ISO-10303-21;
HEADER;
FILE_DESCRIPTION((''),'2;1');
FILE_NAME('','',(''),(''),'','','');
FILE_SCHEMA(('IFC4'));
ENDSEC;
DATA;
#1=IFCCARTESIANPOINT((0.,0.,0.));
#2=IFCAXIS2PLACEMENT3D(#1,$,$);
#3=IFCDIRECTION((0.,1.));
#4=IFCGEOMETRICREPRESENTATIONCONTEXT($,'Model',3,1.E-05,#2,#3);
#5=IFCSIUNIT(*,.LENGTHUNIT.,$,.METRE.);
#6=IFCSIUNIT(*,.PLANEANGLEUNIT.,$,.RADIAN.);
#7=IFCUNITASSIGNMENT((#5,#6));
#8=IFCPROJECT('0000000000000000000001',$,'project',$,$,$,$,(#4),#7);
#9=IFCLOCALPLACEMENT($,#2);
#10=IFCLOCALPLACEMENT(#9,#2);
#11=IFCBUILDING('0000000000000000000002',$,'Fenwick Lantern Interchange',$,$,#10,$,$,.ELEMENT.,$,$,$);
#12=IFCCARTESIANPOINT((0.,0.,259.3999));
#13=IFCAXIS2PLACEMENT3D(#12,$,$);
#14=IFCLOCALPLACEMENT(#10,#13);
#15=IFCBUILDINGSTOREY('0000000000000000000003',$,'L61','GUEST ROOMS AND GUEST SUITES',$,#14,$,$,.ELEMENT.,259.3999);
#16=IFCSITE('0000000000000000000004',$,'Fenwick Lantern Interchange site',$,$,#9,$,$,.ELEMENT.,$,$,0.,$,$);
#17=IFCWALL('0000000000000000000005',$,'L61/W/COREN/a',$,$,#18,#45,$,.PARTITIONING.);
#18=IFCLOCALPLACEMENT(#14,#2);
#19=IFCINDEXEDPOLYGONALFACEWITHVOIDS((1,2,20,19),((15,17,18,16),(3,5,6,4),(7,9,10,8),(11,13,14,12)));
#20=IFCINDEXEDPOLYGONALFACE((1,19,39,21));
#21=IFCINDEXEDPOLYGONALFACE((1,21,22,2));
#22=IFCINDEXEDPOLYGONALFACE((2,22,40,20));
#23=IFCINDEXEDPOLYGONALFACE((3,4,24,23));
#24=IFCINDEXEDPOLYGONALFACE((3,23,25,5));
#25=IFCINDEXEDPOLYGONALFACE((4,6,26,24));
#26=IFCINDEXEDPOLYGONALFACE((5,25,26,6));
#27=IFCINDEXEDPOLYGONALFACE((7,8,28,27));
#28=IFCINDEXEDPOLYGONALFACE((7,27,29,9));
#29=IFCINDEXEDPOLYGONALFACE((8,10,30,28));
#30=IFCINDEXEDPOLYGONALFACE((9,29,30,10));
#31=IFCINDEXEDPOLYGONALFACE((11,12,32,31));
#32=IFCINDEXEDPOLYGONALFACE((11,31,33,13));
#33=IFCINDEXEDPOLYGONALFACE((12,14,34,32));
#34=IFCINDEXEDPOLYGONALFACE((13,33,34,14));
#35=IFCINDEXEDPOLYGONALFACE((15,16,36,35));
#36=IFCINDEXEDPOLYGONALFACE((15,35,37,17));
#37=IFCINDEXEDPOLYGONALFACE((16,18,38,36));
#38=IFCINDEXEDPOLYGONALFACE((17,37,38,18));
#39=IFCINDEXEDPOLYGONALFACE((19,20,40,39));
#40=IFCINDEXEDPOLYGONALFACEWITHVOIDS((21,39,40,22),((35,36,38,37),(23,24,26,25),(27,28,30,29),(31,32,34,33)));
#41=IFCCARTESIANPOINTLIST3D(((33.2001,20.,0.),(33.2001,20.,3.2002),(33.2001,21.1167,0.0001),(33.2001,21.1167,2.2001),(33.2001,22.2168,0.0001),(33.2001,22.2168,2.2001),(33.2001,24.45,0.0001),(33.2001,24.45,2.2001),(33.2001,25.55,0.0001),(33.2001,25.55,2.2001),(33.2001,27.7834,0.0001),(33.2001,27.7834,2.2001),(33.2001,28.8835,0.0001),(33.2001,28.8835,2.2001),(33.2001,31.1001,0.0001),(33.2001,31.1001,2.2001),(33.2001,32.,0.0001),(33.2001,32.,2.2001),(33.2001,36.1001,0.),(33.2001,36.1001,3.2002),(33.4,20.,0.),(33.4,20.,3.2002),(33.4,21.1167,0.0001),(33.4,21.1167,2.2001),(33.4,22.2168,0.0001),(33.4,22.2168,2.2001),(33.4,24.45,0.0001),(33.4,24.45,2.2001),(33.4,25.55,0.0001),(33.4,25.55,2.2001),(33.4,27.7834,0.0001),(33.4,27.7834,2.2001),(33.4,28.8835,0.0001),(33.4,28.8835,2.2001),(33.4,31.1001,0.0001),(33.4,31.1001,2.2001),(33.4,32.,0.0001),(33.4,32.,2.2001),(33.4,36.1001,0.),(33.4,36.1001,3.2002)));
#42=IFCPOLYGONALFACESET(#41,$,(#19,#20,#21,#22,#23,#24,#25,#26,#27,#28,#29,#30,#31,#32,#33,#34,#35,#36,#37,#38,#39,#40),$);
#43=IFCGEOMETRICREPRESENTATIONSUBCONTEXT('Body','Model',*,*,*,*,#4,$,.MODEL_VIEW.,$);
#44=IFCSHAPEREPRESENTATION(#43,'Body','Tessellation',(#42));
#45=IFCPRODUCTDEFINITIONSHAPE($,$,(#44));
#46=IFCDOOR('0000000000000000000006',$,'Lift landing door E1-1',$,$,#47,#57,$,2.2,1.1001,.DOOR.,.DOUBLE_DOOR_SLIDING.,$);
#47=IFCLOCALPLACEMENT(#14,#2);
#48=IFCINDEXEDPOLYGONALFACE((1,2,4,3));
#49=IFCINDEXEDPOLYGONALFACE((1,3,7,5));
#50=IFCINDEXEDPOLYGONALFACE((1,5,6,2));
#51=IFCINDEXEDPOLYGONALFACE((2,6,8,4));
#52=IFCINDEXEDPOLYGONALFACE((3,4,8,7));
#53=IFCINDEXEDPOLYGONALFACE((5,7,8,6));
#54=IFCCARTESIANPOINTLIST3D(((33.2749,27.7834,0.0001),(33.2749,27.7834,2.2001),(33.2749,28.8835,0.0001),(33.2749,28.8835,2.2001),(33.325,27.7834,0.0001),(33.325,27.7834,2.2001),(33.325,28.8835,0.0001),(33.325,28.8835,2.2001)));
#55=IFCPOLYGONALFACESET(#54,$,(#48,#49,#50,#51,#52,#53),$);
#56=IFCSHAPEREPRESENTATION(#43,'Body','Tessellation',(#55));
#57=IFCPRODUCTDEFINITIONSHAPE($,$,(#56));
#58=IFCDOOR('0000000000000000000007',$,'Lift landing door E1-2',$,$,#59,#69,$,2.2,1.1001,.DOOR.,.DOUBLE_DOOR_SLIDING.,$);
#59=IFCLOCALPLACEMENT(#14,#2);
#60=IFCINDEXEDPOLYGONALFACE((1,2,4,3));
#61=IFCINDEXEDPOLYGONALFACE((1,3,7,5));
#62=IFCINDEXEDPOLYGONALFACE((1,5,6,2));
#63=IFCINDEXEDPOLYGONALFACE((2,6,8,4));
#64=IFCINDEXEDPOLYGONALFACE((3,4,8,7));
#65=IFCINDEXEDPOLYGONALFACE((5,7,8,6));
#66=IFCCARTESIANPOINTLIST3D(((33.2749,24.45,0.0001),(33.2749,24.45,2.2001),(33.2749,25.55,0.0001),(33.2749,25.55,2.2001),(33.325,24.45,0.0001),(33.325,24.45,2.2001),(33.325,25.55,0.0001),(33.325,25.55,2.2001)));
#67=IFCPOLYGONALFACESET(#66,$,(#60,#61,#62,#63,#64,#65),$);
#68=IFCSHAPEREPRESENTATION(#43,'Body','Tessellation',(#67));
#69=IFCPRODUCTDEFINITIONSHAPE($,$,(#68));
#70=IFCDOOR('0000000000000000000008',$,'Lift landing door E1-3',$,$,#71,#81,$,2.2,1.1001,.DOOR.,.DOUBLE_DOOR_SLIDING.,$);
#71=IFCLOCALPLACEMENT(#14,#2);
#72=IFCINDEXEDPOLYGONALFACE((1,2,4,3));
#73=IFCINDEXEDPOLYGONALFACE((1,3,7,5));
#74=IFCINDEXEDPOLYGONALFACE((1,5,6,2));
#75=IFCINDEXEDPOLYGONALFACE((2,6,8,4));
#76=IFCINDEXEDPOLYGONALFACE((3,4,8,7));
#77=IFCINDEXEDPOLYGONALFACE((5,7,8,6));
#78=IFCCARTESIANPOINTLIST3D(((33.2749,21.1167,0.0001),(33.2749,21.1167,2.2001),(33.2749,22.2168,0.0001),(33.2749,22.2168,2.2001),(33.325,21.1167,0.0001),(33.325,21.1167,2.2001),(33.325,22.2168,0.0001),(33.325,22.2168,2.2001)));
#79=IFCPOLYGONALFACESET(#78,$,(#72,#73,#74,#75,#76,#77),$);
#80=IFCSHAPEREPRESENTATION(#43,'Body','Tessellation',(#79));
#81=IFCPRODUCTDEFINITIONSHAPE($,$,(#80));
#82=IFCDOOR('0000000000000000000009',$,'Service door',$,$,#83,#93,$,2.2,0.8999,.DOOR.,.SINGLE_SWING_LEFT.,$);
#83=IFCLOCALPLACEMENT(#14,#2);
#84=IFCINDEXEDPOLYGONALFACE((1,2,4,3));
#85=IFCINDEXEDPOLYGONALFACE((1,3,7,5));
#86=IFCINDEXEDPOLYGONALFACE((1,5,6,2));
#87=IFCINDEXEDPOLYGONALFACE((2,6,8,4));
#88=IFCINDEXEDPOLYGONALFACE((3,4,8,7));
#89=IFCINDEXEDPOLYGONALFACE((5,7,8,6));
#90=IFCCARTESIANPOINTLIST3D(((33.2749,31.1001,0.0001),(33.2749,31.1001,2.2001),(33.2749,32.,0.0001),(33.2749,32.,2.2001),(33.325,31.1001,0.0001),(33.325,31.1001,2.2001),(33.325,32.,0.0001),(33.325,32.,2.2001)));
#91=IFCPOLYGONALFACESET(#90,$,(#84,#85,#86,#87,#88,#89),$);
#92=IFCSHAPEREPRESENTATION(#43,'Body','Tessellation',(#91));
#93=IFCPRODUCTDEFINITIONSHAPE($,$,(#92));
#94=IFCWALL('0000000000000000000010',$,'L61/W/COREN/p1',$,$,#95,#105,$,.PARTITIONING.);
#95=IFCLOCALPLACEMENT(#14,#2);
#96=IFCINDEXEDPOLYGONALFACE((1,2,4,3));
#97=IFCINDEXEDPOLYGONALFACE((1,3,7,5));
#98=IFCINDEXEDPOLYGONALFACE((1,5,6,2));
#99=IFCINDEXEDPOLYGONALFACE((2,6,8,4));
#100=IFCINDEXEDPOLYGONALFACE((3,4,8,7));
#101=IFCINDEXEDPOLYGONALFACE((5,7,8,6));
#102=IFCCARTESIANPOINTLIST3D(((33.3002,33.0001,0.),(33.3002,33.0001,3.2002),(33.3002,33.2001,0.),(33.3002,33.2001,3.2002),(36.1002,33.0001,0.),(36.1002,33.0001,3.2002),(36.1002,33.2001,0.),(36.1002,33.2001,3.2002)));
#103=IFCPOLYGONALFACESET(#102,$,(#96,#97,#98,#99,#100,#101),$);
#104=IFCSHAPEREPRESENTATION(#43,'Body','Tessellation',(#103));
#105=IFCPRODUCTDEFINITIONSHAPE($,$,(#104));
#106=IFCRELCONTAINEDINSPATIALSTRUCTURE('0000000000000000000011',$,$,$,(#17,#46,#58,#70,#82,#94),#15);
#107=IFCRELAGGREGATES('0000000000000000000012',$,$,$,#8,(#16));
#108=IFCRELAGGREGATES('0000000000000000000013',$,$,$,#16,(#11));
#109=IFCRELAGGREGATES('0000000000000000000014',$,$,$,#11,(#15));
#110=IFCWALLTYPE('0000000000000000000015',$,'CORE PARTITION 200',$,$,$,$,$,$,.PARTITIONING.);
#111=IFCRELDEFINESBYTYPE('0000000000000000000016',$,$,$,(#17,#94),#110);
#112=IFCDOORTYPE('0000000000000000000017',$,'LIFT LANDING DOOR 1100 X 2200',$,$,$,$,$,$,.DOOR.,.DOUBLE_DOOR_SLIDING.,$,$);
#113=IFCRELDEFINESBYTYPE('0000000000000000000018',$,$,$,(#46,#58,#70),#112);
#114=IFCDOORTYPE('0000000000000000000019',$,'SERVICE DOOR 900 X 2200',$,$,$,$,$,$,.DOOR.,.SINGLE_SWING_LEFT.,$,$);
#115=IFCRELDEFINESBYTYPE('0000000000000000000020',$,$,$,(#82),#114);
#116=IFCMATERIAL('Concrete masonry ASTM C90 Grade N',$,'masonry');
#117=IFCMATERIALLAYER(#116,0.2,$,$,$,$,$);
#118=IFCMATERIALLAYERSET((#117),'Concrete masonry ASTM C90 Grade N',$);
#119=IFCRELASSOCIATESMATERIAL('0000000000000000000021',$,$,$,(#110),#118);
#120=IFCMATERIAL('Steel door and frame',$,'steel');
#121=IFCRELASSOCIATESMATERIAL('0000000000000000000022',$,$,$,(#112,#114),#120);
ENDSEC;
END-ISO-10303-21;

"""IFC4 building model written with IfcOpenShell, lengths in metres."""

from ifc_helpers import new_model, si_unit, direction, frame, frame_2d, origin, place, context, subcontext, project, spatial, rectangle, extrude, material, layer, layer_set, type_object, element, fill, save


model = new_model("IFC4")

# Units and contexts
model_context = context("Model", 3, precision=1e-05, world=origin(), true_north=direction((0.0, 1.0)))
body_context = subcontext(model_context, "Body", "Model", "MODEL_VIEW")
ifc_project = project(units=[si_unit("LENGTHUNIT", "METRE"), si_unit("PLANEANGLEUNIT", "RADIAN")], contexts=[model_context])

# Site, building, storey
site_placement = place(None, origin())
site = spatial("IfcSite", under=ifc_project, at=site_placement, Name="Fenwick Lantern Interchange site", CompositionType="ELEMENT", RefElevation=0.0)
building_placement = place(site_placement, origin())
building = spatial("IfcBuilding", under=site, at=building_placement, Name="Fenwick Lantern Interchange", CompositionType="ELEMENT")
storey_placement = place(building_placement, frame((0.0, 0.0, 259.3999)))
storey = spatial("IfcBuildingStorey", under=building, at=storey_placement, Name="L61", Description="GUEST ROOMS AND GUEST SUITES", CompositionType="ELEMENT", Elevation=259.3999)

# Wall, openings, doors
ifc_material_1 = material(Name="Concrete masonry ASTM C90 Grade N", Category="masonry")
ifc_layer_1 = layer(ifc_material_1, 0.2)
ifc_layer_set_1 = layer_set([ifc_layer_1], Name="Concrete masonry ASTM C90 Grade N")
wall_type_1 = type_object("IfcWallType", Name="CORE PARTITION 200", PredefinedType="PARTITIONING", material=ifc_layer_set_1)
wall_1_placement = place(storey_placement, frame((33.3, 36.1001, 0.0), z_axis=(0.0, 0.0, 1.0), x_axis=(0.0, -1.0, 0.0)))
wall_1 = element("IfcWall", 1, at=wall_1_placement, inside=storey, type_object=wall_type_1, Name="L61/W/COREN/a", PredefinedType="PARTITIONING", context=body_context, shape_type="SweptSolid", body=[
    extrude(rectangle(XDim=16.1001, YDim=0.2, at=frame_2d((8.05, 0.0))), origin(), (0.0, 0.0, 1.0), 3.2002),
])
opening_1_placement = place(wall_1_placement, frame((4.1001, 0.0, 0.0)))
opening_1 = element("IfcOpeningElement", 2, at=opening_1_placement, cuts=wall_1, PredefinedType="OPENING", context=body_context, shape_type="SweptSolid", body=[
    extrude(rectangle(XDim=0.8999, YDim=2.2, at=frame_2d((0.45, 1.1001))), frame((0.0, 0.1099, 0.0), z_axis=(0.0, -1.0, 0.0), x_axis=(1.0, 0.0, 0.0)), (0.0, 0.0, 1.0), 0.22),
])
opening_2_placement = place(wall_1_placement, frame((7.2166, 0.0, 0.0)))
opening_2 = element("IfcOpeningElement", 3, at=opening_2_placement, cuts=wall_1, PredefinedType="OPENING", context=body_context, shape_type="SweptSolid", body=[
    extrude(rectangle(XDim=1.1001, YDim=2.2, at=frame_2d((0.55, 1.1001))), frame((0.0, 0.1099, 0.0), z_axis=(0.0, -1.0, 0.0), x_axis=(1.0, 0.0, 0.0)), (0.0, 0.0, 1.0), 0.22),
])
opening_3_placement = place(wall_1_placement, frame((10.55, 0.0, 0.0)))
opening_3 = element("IfcOpeningElement", 4, at=opening_3_placement, cuts=wall_1, PredefinedType="OPENING", context=body_context, shape_type="SweptSolid", body=[
    extrude(rectangle(XDim=1.1001, YDim=2.2, at=frame_2d((0.55, 1.1001))), frame((0.0, 0.1099, 0.0), z_axis=(0.0, -1.0, 0.0), x_axis=(1.0, 0.0, 0.0)), (0.0, 0.0, 1.0), 0.22),
])
opening_4_placement = place(wall_1_placement, frame((13.8833, 0.0, 0.0)))
opening_4 = element("IfcOpeningElement", 5, at=opening_4_placement, cuts=wall_1, PredefinedType="OPENING", context=body_context, shape_type="SweptSolid", body=[
    extrude(rectangle(XDim=1.1001, YDim=2.2, at=frame_2d((0.55, 1.1001))), frame((0.0, 0.1099, 0.0), z_axis=(0.0, -1.0, 0.0), x_axis=(1.0, 0.0, 0.0)), (0.0, 0.0, 1.0), 0.22),
])
ifc_material_2 = material(Name="Steel door and frame", Category="steel")
door_type_1 = type_object("IfcDoorType", Name="LIFT LANDING DOOR 1100 X 2200", OperationType="DOUBLE_DOOR_SLIDING", PredefinedType="DOOR", material=ifc_material_2)
door_1_placement = place(opening_2_placement, origin())
door_1 = element("IfcDoor", 6, at=door_1_placement, inside=storey, type_object=door_type_1, Name="Lift landing door E1-1", OperationType="DOUBLE_DOOR_SLIDING", OverallHeight=2.2, OverallWidth=1.1001, PredefinedType="DOOR", context=body_context, shape_type="SweptSolid", body=[
    extrude(rectangle(XDim=1.1001, YDim=2.2, at=frame_2d((0.55, 1.1001))), frame((0.0, 0.0249, 0.0), z_axis=(0.0, -1.0, 0.0), x_axis=(1.0, 0.0, 0.0)), (0.0, 0.0, 1.0), 0.05),
])
fill(opening_2, door_1)
door_2_placement = place(opening_3_placement, origin())
door_2 = element("IfcDoor", 7, at=door_2_placement, inside=storey, type_object=door_type_1, Name="Lift landing door E1-2", OperationType="DOUBLE_DOOR_SLIDING", OverallHeight=2.2, OverallWidth=1.1001, PredefinedType="DOOR", context=body_context, shape_type="SweptSolid", body=[
    extrude(rectangle(XDim=1.1001, YDim=2.2, at=frame_2d((0.55, 1.1001))), frame((0.0, 0.0249, 0.0), z_axis=(0.0, -1.0, 0.0), x_axis=(1.0, 0.0, 0.0)), (0.0, 0.0, 1.0), 0.05),
])
fill(opening_3, door_2)
door_3_placement = place(opening_4_placement, origin())
door_3 = element("IfcDoor", 8, at=door_3_placement, inside=storey, type_object=door_type_1, Name="Lift landing door E1-3", OperationType="DOUBLE_DOOR_SLIDING", OverallHeight=2.2, OverallWidth=1.1001, PredefinedType="DOOR", context=body_context, shape_type="SweptSolid", body=[
    extrude(rectangle(XDim=1.1001, YDim=2.2, at=frame_2d((0.55, 1.1001))), frame((0.0, 0.0249, 0.0), z_axis=(0.0, -1.0, 0.0), x_axis=(1.0, 0.0, 0.0)), (0.0, 0.0, 1.0), 0.05),
])
fill(opening_4, door_3)
door_type_2 = type_object("IfcDoorType", Name="SERVICE DOOR 900 X 2200", OperationType="SINGLE_SWING_LEFT", PredefinedType="DOOR", material=ifc_material_2)
door_4_placement = place(opening_1_placement, origin())
door_4 = element("IfcDoor", 9, at=door_4_placement, inside=storey, type_object=door_type_2, Name="Service door", OperationType="SINGLE_SWING_LEFT", OverallHeight=2.2, OverallWidth=0.8999, PredefinedType="DOOR", context=body_context, shape_type="SweptSolid", body=[
    extrude(rectangle(XDim=0.8999, YDim=2.2, at=frame_2d((0.45, 1.1001))), frame((0.0, 0.0249, 0.0), z_axis=(0.0, -1.0, 0.0), x_axis=(1.0, 0.0, 0.0)), (0.0, 0.0, 1.0), 0.05),
])
fill(opening_1, door_4)

# Wall
wall_2_placement = place(storey_placement, frame((36.1001, 33.1001, 0.0), z_axis=(0.0, 0.0, 1.0), x_axis=(-1.0, 0.0, 0.0)))
element("IfcWall", 10, at=wall_2_placement, inside=storey, type_object=wall_type_1, Name="L61/W/COREN/p1", PredefinedType="PARTITIONING", context=body_context, shape_type="SweptSolid", body=[
    extrude(rectangle(XDim=2.8, YDim=0.2, at=frame_2d((1.3999, 0.0))), origin(), (0.0, 0.0, 1.0), 3.2002),
])

save(model, "model.ifc")
